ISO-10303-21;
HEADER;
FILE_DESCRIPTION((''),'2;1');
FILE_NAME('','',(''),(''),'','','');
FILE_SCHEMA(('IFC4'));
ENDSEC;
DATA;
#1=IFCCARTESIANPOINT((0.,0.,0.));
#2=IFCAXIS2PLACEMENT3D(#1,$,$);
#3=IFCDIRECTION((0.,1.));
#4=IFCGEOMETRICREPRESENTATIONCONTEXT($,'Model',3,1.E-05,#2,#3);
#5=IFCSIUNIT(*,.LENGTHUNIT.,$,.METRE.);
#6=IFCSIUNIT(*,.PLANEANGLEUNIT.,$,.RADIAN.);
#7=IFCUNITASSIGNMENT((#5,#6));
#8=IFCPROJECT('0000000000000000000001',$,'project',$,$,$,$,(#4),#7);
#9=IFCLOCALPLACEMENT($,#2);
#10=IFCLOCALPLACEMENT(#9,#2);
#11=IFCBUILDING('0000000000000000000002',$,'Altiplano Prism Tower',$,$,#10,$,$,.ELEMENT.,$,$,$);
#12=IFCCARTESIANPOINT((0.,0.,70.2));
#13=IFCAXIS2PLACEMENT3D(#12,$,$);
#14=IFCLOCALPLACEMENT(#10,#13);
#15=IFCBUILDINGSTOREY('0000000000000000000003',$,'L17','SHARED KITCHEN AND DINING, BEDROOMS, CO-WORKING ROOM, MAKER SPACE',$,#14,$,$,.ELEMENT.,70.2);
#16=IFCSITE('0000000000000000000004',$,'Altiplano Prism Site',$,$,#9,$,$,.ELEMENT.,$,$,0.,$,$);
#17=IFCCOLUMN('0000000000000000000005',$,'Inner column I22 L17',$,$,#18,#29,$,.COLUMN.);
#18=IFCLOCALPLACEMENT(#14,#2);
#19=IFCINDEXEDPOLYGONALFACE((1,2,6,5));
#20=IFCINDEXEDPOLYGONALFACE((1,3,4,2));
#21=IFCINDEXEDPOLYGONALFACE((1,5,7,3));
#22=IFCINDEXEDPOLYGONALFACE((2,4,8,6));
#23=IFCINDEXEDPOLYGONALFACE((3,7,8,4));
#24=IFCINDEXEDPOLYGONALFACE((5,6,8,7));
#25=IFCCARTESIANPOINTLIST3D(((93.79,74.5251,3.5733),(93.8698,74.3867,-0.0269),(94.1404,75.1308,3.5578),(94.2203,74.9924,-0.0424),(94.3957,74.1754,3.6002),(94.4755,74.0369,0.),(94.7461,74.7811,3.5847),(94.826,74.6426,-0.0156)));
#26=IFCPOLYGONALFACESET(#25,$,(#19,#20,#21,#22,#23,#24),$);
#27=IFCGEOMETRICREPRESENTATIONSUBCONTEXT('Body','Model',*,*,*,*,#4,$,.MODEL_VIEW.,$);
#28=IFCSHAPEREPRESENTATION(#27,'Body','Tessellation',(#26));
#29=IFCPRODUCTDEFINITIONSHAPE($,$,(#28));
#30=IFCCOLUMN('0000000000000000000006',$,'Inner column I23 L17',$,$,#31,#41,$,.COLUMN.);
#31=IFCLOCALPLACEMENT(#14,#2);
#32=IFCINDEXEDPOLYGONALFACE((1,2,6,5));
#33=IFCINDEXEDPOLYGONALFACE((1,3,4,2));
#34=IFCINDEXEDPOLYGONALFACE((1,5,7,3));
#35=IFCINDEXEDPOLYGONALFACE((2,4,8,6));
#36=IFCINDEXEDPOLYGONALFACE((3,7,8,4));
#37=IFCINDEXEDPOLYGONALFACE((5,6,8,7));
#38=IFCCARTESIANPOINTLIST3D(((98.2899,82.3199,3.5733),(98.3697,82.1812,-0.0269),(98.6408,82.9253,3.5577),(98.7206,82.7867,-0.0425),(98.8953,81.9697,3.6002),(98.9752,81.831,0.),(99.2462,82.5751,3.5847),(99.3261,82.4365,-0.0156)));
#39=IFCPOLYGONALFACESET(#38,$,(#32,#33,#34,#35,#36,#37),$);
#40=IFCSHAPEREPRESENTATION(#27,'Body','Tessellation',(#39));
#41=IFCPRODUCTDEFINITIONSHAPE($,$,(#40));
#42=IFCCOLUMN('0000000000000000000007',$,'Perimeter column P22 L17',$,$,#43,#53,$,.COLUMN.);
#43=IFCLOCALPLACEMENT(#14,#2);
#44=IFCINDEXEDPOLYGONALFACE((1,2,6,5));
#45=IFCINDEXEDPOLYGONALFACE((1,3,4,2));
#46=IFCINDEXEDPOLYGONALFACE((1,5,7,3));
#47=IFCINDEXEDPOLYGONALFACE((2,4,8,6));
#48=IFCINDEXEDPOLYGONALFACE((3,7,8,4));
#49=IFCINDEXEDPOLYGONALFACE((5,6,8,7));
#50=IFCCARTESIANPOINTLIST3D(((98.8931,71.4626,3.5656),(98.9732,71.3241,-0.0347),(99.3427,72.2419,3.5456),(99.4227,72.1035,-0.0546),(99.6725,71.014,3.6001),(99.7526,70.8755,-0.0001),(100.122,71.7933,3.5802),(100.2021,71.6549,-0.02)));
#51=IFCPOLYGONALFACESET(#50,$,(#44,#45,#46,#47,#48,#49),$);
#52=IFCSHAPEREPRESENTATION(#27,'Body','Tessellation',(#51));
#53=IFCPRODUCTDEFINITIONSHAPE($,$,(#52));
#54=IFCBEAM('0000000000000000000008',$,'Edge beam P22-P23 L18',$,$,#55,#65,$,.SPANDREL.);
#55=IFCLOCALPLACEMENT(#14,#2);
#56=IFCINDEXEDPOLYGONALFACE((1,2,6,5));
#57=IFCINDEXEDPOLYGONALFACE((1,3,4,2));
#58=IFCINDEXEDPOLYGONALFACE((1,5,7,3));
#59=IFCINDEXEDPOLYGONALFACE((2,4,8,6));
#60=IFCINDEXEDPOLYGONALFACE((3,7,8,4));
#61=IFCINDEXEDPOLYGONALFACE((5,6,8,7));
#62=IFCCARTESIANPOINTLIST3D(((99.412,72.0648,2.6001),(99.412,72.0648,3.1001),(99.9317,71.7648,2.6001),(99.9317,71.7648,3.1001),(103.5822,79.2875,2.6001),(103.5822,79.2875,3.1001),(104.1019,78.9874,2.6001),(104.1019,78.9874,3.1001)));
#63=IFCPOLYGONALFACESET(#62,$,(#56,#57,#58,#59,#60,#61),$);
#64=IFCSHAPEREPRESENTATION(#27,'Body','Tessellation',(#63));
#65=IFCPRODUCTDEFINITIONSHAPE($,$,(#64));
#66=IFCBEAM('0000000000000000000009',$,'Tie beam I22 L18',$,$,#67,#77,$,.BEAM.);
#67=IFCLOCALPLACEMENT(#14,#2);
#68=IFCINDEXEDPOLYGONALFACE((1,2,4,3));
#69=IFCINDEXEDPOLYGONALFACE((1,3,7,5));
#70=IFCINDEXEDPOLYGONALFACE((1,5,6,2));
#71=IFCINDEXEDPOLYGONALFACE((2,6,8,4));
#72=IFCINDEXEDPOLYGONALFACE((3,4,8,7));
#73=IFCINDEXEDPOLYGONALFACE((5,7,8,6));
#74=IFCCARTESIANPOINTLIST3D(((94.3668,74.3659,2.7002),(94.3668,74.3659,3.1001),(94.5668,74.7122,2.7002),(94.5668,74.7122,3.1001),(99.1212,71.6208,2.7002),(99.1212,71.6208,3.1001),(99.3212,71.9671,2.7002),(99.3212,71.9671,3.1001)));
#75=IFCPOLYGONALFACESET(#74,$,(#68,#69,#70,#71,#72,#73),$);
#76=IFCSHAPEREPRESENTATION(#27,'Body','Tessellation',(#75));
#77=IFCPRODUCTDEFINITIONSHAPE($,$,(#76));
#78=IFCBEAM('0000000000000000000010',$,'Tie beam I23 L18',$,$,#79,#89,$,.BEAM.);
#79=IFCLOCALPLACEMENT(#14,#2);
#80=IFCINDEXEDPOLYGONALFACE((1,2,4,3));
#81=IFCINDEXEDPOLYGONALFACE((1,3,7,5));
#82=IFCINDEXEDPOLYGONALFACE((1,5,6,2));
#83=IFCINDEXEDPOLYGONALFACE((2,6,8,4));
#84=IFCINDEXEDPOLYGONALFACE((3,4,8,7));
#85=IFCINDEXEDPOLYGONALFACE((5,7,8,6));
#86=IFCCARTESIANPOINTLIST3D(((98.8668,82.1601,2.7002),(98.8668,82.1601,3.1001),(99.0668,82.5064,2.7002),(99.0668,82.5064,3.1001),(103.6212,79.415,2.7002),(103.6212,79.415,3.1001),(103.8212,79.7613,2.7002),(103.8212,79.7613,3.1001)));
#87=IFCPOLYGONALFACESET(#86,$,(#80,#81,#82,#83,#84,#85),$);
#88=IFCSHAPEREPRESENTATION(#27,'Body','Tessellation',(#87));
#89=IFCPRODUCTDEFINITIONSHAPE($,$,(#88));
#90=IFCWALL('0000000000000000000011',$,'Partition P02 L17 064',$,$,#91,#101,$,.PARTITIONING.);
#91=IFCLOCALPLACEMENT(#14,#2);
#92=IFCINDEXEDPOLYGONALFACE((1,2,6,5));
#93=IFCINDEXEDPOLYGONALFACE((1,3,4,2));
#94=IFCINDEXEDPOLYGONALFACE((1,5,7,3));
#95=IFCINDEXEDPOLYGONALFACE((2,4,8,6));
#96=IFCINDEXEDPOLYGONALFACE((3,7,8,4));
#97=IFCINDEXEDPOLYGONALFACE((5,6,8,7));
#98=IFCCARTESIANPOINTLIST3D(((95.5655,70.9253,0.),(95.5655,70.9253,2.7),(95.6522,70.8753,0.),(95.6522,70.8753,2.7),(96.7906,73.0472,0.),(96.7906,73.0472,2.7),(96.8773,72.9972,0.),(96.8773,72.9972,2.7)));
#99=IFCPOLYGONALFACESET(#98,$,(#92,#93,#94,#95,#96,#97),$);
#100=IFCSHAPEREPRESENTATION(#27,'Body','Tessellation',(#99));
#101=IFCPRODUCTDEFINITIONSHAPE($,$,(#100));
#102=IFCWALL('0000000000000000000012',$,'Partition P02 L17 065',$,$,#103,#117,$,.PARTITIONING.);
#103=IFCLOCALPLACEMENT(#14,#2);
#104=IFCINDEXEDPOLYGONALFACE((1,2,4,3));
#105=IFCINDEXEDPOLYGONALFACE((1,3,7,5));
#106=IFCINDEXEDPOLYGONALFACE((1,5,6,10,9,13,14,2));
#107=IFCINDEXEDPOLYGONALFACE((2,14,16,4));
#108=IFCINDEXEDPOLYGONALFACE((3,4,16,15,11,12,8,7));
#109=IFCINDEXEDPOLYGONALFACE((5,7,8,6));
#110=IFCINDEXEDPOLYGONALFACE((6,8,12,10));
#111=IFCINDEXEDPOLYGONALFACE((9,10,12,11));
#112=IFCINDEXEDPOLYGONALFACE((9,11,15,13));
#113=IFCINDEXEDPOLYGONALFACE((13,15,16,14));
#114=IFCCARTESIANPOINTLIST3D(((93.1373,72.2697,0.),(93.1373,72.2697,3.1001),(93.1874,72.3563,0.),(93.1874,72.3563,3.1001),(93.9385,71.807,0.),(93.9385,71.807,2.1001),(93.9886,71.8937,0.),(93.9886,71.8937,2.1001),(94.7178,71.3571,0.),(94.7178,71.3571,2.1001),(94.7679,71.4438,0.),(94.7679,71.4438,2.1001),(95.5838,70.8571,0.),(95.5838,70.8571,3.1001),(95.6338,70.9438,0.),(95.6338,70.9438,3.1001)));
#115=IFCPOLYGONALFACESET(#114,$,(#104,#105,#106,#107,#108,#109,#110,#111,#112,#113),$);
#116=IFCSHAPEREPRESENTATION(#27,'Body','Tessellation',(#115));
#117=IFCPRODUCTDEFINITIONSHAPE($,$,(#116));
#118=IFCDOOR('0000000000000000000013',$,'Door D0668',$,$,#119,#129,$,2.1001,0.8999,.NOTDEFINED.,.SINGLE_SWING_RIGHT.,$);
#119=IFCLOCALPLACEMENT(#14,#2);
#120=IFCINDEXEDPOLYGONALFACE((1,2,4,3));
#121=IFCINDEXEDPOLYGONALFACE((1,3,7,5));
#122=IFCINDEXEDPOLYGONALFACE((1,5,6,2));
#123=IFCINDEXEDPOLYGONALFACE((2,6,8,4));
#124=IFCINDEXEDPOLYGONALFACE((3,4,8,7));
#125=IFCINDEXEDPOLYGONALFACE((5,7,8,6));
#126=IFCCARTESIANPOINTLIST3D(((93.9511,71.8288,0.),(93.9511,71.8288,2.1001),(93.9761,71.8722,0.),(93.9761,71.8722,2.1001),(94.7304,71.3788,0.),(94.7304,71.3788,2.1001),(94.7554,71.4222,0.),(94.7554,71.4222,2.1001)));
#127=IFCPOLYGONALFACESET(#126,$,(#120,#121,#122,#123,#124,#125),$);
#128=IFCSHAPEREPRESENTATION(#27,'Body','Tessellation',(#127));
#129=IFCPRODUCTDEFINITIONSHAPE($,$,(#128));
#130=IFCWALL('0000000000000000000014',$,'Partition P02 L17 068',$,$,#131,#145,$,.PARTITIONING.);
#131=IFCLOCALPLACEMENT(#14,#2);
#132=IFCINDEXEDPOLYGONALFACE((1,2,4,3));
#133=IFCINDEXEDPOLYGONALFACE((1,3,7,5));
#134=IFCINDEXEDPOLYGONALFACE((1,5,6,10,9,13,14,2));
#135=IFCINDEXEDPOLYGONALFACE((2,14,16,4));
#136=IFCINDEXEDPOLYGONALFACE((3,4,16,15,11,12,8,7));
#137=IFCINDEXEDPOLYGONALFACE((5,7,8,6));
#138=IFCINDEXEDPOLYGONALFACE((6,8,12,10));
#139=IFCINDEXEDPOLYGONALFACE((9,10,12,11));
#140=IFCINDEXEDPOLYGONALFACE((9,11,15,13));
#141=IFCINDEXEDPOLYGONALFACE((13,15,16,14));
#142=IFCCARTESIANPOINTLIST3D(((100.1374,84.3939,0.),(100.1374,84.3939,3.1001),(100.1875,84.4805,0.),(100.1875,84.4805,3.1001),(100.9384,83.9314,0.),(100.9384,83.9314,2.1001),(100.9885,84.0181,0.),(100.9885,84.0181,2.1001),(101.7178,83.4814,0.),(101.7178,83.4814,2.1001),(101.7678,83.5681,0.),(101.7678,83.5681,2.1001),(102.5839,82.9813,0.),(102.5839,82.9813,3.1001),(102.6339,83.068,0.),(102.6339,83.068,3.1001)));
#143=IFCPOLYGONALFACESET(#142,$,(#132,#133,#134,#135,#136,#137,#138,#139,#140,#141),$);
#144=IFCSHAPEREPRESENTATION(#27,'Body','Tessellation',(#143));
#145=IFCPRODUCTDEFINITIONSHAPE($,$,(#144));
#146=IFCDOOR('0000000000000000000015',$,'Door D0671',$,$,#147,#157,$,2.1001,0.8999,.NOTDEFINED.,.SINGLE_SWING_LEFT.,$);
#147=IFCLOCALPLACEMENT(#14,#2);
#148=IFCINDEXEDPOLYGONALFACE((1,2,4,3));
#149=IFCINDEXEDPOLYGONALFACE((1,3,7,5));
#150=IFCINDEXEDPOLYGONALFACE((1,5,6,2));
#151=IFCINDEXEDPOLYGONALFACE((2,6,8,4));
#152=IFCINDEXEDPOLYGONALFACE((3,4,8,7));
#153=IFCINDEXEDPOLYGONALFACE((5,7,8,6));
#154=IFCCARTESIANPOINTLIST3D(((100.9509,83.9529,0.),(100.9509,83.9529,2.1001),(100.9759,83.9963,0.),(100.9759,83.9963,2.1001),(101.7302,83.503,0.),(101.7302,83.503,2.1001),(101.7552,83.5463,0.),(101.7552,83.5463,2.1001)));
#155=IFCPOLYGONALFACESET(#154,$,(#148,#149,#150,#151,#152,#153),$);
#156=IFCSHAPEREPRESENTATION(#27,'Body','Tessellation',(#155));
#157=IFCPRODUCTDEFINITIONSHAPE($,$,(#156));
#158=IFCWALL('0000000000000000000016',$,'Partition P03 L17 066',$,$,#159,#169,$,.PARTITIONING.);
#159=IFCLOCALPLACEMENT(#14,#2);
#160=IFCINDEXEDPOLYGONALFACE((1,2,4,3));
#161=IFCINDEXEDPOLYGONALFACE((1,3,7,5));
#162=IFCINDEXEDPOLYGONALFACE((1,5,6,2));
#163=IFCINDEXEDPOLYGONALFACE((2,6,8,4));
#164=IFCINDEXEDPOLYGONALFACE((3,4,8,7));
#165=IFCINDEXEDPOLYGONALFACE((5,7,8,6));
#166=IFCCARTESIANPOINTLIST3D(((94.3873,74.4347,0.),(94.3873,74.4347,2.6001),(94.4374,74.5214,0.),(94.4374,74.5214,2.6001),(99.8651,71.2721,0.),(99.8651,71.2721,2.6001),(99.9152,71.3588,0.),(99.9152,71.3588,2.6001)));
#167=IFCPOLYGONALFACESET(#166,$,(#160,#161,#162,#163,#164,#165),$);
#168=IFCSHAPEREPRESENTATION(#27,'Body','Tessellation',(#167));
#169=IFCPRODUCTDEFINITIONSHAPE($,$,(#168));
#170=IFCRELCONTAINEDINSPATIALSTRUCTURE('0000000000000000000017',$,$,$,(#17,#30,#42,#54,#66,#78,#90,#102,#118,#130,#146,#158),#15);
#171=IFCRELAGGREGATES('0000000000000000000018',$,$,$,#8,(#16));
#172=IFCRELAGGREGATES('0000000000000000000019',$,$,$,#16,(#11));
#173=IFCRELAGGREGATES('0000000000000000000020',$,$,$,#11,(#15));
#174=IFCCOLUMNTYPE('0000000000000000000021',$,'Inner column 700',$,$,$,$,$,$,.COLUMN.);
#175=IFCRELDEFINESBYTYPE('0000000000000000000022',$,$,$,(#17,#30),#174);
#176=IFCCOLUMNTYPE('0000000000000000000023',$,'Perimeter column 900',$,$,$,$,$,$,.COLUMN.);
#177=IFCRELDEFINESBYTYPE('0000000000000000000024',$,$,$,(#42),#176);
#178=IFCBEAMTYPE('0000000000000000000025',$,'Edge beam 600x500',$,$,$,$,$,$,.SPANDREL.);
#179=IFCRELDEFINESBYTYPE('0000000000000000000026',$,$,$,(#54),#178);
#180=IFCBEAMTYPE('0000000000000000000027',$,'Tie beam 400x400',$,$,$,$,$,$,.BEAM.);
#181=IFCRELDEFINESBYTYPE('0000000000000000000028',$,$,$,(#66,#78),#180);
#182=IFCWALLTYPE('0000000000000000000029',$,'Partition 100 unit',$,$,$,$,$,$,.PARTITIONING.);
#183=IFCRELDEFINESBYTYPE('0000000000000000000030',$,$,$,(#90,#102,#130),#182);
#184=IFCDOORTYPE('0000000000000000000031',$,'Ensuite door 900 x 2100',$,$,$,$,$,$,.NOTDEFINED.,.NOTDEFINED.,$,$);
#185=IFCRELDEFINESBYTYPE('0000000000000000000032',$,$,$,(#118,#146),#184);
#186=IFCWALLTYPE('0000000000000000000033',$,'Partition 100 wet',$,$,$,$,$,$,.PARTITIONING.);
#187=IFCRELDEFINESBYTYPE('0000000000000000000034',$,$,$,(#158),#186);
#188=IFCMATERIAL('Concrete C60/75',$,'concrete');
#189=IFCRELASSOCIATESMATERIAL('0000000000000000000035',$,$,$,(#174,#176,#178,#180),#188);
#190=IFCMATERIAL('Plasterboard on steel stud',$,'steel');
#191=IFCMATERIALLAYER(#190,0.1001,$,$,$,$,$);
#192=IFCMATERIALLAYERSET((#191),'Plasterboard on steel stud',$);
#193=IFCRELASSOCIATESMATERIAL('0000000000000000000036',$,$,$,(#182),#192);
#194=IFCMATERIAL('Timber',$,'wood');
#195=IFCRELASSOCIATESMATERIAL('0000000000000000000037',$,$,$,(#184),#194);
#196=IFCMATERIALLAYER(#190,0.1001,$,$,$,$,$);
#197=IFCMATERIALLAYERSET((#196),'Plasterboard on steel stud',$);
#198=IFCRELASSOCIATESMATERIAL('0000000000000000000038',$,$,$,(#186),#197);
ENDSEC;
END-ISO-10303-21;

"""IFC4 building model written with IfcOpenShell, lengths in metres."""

from ifc_helpers import new_model, si_unit, direction, frame, frame_2d, origin, origin_2d, place, context, subcontext, project, spatial, rectangle, extrude, material, layer, layer_set, material_profile, profile_set, type_object, element, fill, save


model = new_model("IFC4")

# Units and contexts
model_context = context("Model", 3, precision=1e-05, world=origin(), true_north=direction((0.0, 1.0)))
body_context = subcontext(model_context, "Body", "Model", "MODEL_VIEW")
ifc_project = project(units=[si_unit("LENGTHUNIT", "METRE"), si_unit("PLANEANGLEUNIT", "RADIAN")], contexts=[model_context])

# Site, building, storey
site_placement = place(None, origin())
site = spatial("IfcSite", under=ifc_project, at=site_placement, Name="Altiplano Prism Site", CompositionType="ELEMENT", RefElevation=0.0)
building_placement = place(site_placement, origin())
building = spatial("IfcBuilding", under=site, at=building_placement, Name="Altiplano Prism Tower", CompositionType="ELEMENT")
storey_placement = place(building_placement, frame((0.0, 0.0, 70.2)))
storey = spatial("IfcBuildingStorey", under=building, at=storey_placement, Name="L17", Description="SHARED KITCHEN AND DINING, BEDROOMS, CO-WORKING ROOM, MAKER SPACE", CompositionType="ELEMENT", Elevation=70.2)

# Columns
ifc_material_1 = material(Name="Concrete C60/75", Category="concrete")
ifc_material_profile_1 = material_profile(ifc_material_1, rectangle(XDim=0.7, YDim=0.7, at=origin_2d()), Name="Inner column 700")
ifc_profile_set_1 = profile_set([ifc_material_profile_1], Name="Concrete C60/75")
column_type_1 = type_object("IfcColumnType", Name="Inner column 700", PredefinedType="COLUMN", material=ifc_profile_set_1)
for number, where, z_axis, x_axis, name in (
    (1, (94.3479, 74.5146, -0.0212), (-0.022154, 0.038413, 0.999016), (-0.500653, -0.865364, 0.022172), "Inner column I22 L17"),
    (2, (98.8479, 82.3088, -0.0212), (-0.022154, 0.038481, 0.999014), (-0.501313, -0.864981, 0.022201), "Inner column I23 L17"),
):
    element("IfcColumn", number, at=place(storey_placement, frame(where, z_axis=z_axis, x_axis=x_axis)), inside=storey, type_object=column_type_1, Name=name, PredefinedType="COLUMN", context=body_context, shape_type="SweptSolid", body=[
        extrude(rectangle(XDim=0.7, YDim=0.7, at=origin_2d()), origin(), (0.0, 0.0, 1.0), 3.6038),
    ])
ifc_material_profile_2 = material_profile(ifc_material_1, rectangle(XDim=0.8999, YDim=0.8999, at=origin_2d()), Name="Perimeter column 900")
ifc_profile_set_2 = profile_set([ifc_material_profile_2], Name="Concrete C60/75")
column_type_2 = type_object("IfcColumnType", Name="Perimeter column 900", PredefinedType="COLUMN", material=ifc_profile_set_2)
column_placement = place(storey_placement, frame((99.5876, 71.4895, -0.0273), z_axis=(-0.022221, 0.038413, 0.999015), x_axis=(-0.499508, -0.866025, 0.022189)))
element("IfcColumn", 3, at=column_placement, inside=storey, type_object=column_type_2, Name="Perimeter column P22 L17", PredefinedType="COLUMN", context=body_context, shape_type="SweptSolid", body=[
    extrude(rectangle(XDim=0.8999, YDim=0.8999, at=origin_2d()), origin(), (0.0, 0.0, 1.0), 3.6038),
])

# Beams
ifc_material_profile_3 = material_profile(ifc_material_1, rectangle(XDim=0.6001, YDim=0.5, at=origin_2d()), Name="Edge beam 600x500")
ifc_profile_set_3 = profile_set([ifc_material_profile_3], Name="Concrete C60/75")
beam_type_1 = type_object("IfcBeamType", Name="Edge beam 600x500", PredefinedType="SPANDREL", material=ifc_profile_set_3)
beam_placement = place(storey_placement, frame((99.6719, 71.9148, 2.8501), z_axis=(0.500015, 0.866017, 0.0), x_axis=(-0.866017, 0.500015, 0.0)))
element("IfcBeam", 4, at=beam_placement, inside=storey, type_object=beam_type_1, Name="Edge beam P22-P23 L18", PredefinedType="SPANDREL", context=body_context, shape_type="SweptSolid", body=[
    extrude(rectangle(XDim=0.6001, YDim=0.5, at=origin_2d()), origin(), (0.0, 0.0, 1.0), 8.3401),
])
ifc_material_profile_4 = material_profile(ifc_material_1, rectangle(XDim=0.3999, YDim=0.3999, at=origin_2d()), Name="Tie beam 400x400")
ifc_profile_set_4 = profile_set([ifc_material_profile_4], Name="Concrete C60/75")
beam_type_2 = type_object("IfcBeamType", Name="Tie beam 400x400", PredefinedType="BEAM", material=ifc_profile_set_4)
for number, where, z_axis, x_axis, name in (
    (5, (94.4668, 74.5391, 2.9001), (0.866012, -0.500023, 0.0), (0.500023, 0.866012, 0.0), "Tie beam I22 L18"),
    (6, (98.9668, 82.3333, 2.9001), (0.866012, -0.500023, 0.0), (0.500023, 0.866012, 0.0), "Tie beam I23 L18"),
):
    element("IfcBeam", number, at=place(storey_placement, frame(where, z_axis=z_axis, x_axis=x_axis)), inside=storey, type_object=beam_type_2, Name=name, PredefinedType="BEAM", context=body_context, shape_type="SweptSolid", body=[
        extrude(rectangle(XDim=0.3999, YDim=0.3999, at=origin_2d()), origin(), (0.0, 0.0, 1.0), 5.49),
    ])

# Wall
ifc_material_2 = material(Name="Plasterboard on steel stud", Category="steel")
ifc_layer_1 = layer(ifc_material_2, 0.1001)
ifc_layer_set_1 = layer_set([ifc_layer_1], Name="Plasterboard on steel stud")
wall_type_1 = type_object("IfcWallType", Name="Partition 100 unit", PredefinedType="PARTITIONING", material=ifc_layer_set_1)
wall_1_placement = place(storey_placement, frame((96.834, 73.0222, 0.0), z_axis=(0.0, 0.0, 1.0), x_axis=(-0.500019, -0.866015, 0.0)))
element("IfcWall", 7, at=wall_1_placement, inside=storey, type_object=wall_type_1, Name="Partition P02 L17 064", PredefinedType="PARTITIONING", context=body_context, shape_type="SweptSolid", body=[
    extrude(rectangle(XDim=2.4502, YDim=0.1001, at=frame_2d((1.2251, 0.0))), origin(), (0.0, 0.0, 1.0), 2.7),
])

# Walls, openings, doors
wall_2_placement = place(storey_placement, frame((95.6089, 70.9004, 0.0), z_axis=(0.0, 0.0, 1.0), x_axis=(-0.866011, 0.500024, 0.0)))
wall_2 = element("IfcWall", 8, at=wall_2_placement, inside=storey, type_object=wall_type_1, Name="Partition P02 L17 065", PredefinedType="PARTITIONING", context=body_context, shape_type="SweptSolid", body=[
    extrude(rectangle(XDim=2.825, YDim=0.1001, at=frame_2d((1.4126, 0.0))), origin(), (0.0, 0.0, 1.0), 3.1001),
])
opening_1_placement = place(wall_2_placement, frame((1.0, 0.0, 0.0)))
opening_1 = element("IfcOpeningElement", 9, at=opening_1_placement, cuts=wall_2, PredefinedType="OPENING", context=body_context, shape_type="SweptSolid", body=[
    extrude(rectangle(XDim=0.8999, YDim=2.1001, at=frame_2d((0.45, 1.05))), frame((0.0, 0.0605, 0.0), z_axis=(0.0, -1.0, 0.0), x_axis=(1.0, 0.0, 0.0)), (0.0, 0.0, 1.0), 0.1211),
])
ifc_material_3 = material(Name="Timber", Category="wood")
door_type = type_object("IfcDoorType", Name="Ensuite door 900 x 2100", OperationType="NOTDEFINED", PredefinedType="NOTDEFINED", material=ifc_material_3)
door_1_placement = place(opening_1_placement, origin())
door_1 = element("IfcDoor", 10, at=door_1_placement, inside=storey, type_object=door_type, Name="Door D0668", OperationType="SINGLE_SWING_RIGHT", OverallHeight=2.1001, OverallWidth=0.8999, PredefinedType="NOTDEFINED", context=body_context, shape_type="SweptSolid", body=[
    extrude(rectangle(XDim=0.8999, YDim=2.1001, at=frame_2d((0.45, 1.05))), frame((0.0, 0.0249, 0.0), z_axis=(0.0, -1.0, 0.0), x_axis=(1.0, 0.0, 0.0)), (0.0, 0.0, 1.0), 0.05),
])
fill(opening_1, door_1)
wall_3_placement = place(storey_placement, frame((100.1624, 84.4373, 0.0), z_axis=(0.0, 0.0, 1.0), x_axis=(0.866011, -0.500024, 0.0)))
wall_3 = element("IfcWall", 11, at=wall_3_placement, inside=storey, type_object=wall_type_1, Name="Partition P02 L17 068", PredefinedType="PARTITIONING", context=body_context, shape_type="SweptSolid", body=[
    extrude(rectangle(XDim=2.825, YDim=0.1001, at=frame_2d((1.4126, 0.0))), origin(), (0.0, 0.0, 1.0), 3.1001),
])
opening_2_placement = place(wall_3_placement, frame((0.925, 0.0, 0.0)))
opening_2 = element("IfcOpeningElement", 12, at=opening_2_placement, cuts=wall_3, PredefinedType="OPENING", context=body_context, shape_type="SweptSolid", body=[
    extrude(rectangle(XDim=0.8999, YDim=2.1001, at=frame_2d((0.45, 1.05))), frame((0.0, 0.0605, 0.0), z_axis=(0.0, -1.0, 0.0), x_axis=(1.0, 0.0, 0.0)), (0.0, 0.0, 1.0), 0.1211),
])
door_2_placement = place(opening_2_placement, origin())
door_2 = element("IfcDoor", 13, at=door_2_placement, inside=storey, type_object=door_type, Name="Door D0671", OperationType="SINGLE_SWING_LEFT", OverallHeight=2.1001, OverallWidth=0.8999, PredefinedType="NOTDEFINED", context=body_context, shape_type="SweptSolid", body=[
    extrude(rectangle(XDim=0.8999, YDim=2.1001, at=frame_2d((0.45, 1.05))), frame((0.0, 0.0249, 0.0), z_axis=(0.0, -1.0, 0.0), x_axis=(1.0, 0.0, 0.0)), (0.0, 0.0, 1.0), 0.05),
])
fill(opening_2, door_2)

# Wall
ifc_layer_2 = layer(ifc_material_2, 0.1001)
ifc_layer_set_2 = layer_set([ifc_layer_2], Name="Plasterboard on steel stud")
wall_type_2 = type_object("IfcWallType", Name="Partition 100 wet", PredefinedType="PARTITIONING", material=ifc_layer_set_2)
wall_4_placement = place(storey_placement, frame((99.8901, 71.3154, 0.0), z_axis=(0.0, 0.0, 1.0), x_axis=(-0.866026, 0.5, 0.0)))
element("IfcWall", 14, at=wall_4_placement, inside=storey, type_object=wall_type_2, Name="Partition P03 L17 066", PredefinedType="PARTITIONING", context=body_context, shape_type="SweptSolid", body=[
    extrude(rectangle(XDim=6.3252, YDim=0.1001, at=frame_2d((3.1626, 0.0))), origin(), (0.0, 0.0, 1.0), 2.6001),
])

save(model, "model.ifc")
